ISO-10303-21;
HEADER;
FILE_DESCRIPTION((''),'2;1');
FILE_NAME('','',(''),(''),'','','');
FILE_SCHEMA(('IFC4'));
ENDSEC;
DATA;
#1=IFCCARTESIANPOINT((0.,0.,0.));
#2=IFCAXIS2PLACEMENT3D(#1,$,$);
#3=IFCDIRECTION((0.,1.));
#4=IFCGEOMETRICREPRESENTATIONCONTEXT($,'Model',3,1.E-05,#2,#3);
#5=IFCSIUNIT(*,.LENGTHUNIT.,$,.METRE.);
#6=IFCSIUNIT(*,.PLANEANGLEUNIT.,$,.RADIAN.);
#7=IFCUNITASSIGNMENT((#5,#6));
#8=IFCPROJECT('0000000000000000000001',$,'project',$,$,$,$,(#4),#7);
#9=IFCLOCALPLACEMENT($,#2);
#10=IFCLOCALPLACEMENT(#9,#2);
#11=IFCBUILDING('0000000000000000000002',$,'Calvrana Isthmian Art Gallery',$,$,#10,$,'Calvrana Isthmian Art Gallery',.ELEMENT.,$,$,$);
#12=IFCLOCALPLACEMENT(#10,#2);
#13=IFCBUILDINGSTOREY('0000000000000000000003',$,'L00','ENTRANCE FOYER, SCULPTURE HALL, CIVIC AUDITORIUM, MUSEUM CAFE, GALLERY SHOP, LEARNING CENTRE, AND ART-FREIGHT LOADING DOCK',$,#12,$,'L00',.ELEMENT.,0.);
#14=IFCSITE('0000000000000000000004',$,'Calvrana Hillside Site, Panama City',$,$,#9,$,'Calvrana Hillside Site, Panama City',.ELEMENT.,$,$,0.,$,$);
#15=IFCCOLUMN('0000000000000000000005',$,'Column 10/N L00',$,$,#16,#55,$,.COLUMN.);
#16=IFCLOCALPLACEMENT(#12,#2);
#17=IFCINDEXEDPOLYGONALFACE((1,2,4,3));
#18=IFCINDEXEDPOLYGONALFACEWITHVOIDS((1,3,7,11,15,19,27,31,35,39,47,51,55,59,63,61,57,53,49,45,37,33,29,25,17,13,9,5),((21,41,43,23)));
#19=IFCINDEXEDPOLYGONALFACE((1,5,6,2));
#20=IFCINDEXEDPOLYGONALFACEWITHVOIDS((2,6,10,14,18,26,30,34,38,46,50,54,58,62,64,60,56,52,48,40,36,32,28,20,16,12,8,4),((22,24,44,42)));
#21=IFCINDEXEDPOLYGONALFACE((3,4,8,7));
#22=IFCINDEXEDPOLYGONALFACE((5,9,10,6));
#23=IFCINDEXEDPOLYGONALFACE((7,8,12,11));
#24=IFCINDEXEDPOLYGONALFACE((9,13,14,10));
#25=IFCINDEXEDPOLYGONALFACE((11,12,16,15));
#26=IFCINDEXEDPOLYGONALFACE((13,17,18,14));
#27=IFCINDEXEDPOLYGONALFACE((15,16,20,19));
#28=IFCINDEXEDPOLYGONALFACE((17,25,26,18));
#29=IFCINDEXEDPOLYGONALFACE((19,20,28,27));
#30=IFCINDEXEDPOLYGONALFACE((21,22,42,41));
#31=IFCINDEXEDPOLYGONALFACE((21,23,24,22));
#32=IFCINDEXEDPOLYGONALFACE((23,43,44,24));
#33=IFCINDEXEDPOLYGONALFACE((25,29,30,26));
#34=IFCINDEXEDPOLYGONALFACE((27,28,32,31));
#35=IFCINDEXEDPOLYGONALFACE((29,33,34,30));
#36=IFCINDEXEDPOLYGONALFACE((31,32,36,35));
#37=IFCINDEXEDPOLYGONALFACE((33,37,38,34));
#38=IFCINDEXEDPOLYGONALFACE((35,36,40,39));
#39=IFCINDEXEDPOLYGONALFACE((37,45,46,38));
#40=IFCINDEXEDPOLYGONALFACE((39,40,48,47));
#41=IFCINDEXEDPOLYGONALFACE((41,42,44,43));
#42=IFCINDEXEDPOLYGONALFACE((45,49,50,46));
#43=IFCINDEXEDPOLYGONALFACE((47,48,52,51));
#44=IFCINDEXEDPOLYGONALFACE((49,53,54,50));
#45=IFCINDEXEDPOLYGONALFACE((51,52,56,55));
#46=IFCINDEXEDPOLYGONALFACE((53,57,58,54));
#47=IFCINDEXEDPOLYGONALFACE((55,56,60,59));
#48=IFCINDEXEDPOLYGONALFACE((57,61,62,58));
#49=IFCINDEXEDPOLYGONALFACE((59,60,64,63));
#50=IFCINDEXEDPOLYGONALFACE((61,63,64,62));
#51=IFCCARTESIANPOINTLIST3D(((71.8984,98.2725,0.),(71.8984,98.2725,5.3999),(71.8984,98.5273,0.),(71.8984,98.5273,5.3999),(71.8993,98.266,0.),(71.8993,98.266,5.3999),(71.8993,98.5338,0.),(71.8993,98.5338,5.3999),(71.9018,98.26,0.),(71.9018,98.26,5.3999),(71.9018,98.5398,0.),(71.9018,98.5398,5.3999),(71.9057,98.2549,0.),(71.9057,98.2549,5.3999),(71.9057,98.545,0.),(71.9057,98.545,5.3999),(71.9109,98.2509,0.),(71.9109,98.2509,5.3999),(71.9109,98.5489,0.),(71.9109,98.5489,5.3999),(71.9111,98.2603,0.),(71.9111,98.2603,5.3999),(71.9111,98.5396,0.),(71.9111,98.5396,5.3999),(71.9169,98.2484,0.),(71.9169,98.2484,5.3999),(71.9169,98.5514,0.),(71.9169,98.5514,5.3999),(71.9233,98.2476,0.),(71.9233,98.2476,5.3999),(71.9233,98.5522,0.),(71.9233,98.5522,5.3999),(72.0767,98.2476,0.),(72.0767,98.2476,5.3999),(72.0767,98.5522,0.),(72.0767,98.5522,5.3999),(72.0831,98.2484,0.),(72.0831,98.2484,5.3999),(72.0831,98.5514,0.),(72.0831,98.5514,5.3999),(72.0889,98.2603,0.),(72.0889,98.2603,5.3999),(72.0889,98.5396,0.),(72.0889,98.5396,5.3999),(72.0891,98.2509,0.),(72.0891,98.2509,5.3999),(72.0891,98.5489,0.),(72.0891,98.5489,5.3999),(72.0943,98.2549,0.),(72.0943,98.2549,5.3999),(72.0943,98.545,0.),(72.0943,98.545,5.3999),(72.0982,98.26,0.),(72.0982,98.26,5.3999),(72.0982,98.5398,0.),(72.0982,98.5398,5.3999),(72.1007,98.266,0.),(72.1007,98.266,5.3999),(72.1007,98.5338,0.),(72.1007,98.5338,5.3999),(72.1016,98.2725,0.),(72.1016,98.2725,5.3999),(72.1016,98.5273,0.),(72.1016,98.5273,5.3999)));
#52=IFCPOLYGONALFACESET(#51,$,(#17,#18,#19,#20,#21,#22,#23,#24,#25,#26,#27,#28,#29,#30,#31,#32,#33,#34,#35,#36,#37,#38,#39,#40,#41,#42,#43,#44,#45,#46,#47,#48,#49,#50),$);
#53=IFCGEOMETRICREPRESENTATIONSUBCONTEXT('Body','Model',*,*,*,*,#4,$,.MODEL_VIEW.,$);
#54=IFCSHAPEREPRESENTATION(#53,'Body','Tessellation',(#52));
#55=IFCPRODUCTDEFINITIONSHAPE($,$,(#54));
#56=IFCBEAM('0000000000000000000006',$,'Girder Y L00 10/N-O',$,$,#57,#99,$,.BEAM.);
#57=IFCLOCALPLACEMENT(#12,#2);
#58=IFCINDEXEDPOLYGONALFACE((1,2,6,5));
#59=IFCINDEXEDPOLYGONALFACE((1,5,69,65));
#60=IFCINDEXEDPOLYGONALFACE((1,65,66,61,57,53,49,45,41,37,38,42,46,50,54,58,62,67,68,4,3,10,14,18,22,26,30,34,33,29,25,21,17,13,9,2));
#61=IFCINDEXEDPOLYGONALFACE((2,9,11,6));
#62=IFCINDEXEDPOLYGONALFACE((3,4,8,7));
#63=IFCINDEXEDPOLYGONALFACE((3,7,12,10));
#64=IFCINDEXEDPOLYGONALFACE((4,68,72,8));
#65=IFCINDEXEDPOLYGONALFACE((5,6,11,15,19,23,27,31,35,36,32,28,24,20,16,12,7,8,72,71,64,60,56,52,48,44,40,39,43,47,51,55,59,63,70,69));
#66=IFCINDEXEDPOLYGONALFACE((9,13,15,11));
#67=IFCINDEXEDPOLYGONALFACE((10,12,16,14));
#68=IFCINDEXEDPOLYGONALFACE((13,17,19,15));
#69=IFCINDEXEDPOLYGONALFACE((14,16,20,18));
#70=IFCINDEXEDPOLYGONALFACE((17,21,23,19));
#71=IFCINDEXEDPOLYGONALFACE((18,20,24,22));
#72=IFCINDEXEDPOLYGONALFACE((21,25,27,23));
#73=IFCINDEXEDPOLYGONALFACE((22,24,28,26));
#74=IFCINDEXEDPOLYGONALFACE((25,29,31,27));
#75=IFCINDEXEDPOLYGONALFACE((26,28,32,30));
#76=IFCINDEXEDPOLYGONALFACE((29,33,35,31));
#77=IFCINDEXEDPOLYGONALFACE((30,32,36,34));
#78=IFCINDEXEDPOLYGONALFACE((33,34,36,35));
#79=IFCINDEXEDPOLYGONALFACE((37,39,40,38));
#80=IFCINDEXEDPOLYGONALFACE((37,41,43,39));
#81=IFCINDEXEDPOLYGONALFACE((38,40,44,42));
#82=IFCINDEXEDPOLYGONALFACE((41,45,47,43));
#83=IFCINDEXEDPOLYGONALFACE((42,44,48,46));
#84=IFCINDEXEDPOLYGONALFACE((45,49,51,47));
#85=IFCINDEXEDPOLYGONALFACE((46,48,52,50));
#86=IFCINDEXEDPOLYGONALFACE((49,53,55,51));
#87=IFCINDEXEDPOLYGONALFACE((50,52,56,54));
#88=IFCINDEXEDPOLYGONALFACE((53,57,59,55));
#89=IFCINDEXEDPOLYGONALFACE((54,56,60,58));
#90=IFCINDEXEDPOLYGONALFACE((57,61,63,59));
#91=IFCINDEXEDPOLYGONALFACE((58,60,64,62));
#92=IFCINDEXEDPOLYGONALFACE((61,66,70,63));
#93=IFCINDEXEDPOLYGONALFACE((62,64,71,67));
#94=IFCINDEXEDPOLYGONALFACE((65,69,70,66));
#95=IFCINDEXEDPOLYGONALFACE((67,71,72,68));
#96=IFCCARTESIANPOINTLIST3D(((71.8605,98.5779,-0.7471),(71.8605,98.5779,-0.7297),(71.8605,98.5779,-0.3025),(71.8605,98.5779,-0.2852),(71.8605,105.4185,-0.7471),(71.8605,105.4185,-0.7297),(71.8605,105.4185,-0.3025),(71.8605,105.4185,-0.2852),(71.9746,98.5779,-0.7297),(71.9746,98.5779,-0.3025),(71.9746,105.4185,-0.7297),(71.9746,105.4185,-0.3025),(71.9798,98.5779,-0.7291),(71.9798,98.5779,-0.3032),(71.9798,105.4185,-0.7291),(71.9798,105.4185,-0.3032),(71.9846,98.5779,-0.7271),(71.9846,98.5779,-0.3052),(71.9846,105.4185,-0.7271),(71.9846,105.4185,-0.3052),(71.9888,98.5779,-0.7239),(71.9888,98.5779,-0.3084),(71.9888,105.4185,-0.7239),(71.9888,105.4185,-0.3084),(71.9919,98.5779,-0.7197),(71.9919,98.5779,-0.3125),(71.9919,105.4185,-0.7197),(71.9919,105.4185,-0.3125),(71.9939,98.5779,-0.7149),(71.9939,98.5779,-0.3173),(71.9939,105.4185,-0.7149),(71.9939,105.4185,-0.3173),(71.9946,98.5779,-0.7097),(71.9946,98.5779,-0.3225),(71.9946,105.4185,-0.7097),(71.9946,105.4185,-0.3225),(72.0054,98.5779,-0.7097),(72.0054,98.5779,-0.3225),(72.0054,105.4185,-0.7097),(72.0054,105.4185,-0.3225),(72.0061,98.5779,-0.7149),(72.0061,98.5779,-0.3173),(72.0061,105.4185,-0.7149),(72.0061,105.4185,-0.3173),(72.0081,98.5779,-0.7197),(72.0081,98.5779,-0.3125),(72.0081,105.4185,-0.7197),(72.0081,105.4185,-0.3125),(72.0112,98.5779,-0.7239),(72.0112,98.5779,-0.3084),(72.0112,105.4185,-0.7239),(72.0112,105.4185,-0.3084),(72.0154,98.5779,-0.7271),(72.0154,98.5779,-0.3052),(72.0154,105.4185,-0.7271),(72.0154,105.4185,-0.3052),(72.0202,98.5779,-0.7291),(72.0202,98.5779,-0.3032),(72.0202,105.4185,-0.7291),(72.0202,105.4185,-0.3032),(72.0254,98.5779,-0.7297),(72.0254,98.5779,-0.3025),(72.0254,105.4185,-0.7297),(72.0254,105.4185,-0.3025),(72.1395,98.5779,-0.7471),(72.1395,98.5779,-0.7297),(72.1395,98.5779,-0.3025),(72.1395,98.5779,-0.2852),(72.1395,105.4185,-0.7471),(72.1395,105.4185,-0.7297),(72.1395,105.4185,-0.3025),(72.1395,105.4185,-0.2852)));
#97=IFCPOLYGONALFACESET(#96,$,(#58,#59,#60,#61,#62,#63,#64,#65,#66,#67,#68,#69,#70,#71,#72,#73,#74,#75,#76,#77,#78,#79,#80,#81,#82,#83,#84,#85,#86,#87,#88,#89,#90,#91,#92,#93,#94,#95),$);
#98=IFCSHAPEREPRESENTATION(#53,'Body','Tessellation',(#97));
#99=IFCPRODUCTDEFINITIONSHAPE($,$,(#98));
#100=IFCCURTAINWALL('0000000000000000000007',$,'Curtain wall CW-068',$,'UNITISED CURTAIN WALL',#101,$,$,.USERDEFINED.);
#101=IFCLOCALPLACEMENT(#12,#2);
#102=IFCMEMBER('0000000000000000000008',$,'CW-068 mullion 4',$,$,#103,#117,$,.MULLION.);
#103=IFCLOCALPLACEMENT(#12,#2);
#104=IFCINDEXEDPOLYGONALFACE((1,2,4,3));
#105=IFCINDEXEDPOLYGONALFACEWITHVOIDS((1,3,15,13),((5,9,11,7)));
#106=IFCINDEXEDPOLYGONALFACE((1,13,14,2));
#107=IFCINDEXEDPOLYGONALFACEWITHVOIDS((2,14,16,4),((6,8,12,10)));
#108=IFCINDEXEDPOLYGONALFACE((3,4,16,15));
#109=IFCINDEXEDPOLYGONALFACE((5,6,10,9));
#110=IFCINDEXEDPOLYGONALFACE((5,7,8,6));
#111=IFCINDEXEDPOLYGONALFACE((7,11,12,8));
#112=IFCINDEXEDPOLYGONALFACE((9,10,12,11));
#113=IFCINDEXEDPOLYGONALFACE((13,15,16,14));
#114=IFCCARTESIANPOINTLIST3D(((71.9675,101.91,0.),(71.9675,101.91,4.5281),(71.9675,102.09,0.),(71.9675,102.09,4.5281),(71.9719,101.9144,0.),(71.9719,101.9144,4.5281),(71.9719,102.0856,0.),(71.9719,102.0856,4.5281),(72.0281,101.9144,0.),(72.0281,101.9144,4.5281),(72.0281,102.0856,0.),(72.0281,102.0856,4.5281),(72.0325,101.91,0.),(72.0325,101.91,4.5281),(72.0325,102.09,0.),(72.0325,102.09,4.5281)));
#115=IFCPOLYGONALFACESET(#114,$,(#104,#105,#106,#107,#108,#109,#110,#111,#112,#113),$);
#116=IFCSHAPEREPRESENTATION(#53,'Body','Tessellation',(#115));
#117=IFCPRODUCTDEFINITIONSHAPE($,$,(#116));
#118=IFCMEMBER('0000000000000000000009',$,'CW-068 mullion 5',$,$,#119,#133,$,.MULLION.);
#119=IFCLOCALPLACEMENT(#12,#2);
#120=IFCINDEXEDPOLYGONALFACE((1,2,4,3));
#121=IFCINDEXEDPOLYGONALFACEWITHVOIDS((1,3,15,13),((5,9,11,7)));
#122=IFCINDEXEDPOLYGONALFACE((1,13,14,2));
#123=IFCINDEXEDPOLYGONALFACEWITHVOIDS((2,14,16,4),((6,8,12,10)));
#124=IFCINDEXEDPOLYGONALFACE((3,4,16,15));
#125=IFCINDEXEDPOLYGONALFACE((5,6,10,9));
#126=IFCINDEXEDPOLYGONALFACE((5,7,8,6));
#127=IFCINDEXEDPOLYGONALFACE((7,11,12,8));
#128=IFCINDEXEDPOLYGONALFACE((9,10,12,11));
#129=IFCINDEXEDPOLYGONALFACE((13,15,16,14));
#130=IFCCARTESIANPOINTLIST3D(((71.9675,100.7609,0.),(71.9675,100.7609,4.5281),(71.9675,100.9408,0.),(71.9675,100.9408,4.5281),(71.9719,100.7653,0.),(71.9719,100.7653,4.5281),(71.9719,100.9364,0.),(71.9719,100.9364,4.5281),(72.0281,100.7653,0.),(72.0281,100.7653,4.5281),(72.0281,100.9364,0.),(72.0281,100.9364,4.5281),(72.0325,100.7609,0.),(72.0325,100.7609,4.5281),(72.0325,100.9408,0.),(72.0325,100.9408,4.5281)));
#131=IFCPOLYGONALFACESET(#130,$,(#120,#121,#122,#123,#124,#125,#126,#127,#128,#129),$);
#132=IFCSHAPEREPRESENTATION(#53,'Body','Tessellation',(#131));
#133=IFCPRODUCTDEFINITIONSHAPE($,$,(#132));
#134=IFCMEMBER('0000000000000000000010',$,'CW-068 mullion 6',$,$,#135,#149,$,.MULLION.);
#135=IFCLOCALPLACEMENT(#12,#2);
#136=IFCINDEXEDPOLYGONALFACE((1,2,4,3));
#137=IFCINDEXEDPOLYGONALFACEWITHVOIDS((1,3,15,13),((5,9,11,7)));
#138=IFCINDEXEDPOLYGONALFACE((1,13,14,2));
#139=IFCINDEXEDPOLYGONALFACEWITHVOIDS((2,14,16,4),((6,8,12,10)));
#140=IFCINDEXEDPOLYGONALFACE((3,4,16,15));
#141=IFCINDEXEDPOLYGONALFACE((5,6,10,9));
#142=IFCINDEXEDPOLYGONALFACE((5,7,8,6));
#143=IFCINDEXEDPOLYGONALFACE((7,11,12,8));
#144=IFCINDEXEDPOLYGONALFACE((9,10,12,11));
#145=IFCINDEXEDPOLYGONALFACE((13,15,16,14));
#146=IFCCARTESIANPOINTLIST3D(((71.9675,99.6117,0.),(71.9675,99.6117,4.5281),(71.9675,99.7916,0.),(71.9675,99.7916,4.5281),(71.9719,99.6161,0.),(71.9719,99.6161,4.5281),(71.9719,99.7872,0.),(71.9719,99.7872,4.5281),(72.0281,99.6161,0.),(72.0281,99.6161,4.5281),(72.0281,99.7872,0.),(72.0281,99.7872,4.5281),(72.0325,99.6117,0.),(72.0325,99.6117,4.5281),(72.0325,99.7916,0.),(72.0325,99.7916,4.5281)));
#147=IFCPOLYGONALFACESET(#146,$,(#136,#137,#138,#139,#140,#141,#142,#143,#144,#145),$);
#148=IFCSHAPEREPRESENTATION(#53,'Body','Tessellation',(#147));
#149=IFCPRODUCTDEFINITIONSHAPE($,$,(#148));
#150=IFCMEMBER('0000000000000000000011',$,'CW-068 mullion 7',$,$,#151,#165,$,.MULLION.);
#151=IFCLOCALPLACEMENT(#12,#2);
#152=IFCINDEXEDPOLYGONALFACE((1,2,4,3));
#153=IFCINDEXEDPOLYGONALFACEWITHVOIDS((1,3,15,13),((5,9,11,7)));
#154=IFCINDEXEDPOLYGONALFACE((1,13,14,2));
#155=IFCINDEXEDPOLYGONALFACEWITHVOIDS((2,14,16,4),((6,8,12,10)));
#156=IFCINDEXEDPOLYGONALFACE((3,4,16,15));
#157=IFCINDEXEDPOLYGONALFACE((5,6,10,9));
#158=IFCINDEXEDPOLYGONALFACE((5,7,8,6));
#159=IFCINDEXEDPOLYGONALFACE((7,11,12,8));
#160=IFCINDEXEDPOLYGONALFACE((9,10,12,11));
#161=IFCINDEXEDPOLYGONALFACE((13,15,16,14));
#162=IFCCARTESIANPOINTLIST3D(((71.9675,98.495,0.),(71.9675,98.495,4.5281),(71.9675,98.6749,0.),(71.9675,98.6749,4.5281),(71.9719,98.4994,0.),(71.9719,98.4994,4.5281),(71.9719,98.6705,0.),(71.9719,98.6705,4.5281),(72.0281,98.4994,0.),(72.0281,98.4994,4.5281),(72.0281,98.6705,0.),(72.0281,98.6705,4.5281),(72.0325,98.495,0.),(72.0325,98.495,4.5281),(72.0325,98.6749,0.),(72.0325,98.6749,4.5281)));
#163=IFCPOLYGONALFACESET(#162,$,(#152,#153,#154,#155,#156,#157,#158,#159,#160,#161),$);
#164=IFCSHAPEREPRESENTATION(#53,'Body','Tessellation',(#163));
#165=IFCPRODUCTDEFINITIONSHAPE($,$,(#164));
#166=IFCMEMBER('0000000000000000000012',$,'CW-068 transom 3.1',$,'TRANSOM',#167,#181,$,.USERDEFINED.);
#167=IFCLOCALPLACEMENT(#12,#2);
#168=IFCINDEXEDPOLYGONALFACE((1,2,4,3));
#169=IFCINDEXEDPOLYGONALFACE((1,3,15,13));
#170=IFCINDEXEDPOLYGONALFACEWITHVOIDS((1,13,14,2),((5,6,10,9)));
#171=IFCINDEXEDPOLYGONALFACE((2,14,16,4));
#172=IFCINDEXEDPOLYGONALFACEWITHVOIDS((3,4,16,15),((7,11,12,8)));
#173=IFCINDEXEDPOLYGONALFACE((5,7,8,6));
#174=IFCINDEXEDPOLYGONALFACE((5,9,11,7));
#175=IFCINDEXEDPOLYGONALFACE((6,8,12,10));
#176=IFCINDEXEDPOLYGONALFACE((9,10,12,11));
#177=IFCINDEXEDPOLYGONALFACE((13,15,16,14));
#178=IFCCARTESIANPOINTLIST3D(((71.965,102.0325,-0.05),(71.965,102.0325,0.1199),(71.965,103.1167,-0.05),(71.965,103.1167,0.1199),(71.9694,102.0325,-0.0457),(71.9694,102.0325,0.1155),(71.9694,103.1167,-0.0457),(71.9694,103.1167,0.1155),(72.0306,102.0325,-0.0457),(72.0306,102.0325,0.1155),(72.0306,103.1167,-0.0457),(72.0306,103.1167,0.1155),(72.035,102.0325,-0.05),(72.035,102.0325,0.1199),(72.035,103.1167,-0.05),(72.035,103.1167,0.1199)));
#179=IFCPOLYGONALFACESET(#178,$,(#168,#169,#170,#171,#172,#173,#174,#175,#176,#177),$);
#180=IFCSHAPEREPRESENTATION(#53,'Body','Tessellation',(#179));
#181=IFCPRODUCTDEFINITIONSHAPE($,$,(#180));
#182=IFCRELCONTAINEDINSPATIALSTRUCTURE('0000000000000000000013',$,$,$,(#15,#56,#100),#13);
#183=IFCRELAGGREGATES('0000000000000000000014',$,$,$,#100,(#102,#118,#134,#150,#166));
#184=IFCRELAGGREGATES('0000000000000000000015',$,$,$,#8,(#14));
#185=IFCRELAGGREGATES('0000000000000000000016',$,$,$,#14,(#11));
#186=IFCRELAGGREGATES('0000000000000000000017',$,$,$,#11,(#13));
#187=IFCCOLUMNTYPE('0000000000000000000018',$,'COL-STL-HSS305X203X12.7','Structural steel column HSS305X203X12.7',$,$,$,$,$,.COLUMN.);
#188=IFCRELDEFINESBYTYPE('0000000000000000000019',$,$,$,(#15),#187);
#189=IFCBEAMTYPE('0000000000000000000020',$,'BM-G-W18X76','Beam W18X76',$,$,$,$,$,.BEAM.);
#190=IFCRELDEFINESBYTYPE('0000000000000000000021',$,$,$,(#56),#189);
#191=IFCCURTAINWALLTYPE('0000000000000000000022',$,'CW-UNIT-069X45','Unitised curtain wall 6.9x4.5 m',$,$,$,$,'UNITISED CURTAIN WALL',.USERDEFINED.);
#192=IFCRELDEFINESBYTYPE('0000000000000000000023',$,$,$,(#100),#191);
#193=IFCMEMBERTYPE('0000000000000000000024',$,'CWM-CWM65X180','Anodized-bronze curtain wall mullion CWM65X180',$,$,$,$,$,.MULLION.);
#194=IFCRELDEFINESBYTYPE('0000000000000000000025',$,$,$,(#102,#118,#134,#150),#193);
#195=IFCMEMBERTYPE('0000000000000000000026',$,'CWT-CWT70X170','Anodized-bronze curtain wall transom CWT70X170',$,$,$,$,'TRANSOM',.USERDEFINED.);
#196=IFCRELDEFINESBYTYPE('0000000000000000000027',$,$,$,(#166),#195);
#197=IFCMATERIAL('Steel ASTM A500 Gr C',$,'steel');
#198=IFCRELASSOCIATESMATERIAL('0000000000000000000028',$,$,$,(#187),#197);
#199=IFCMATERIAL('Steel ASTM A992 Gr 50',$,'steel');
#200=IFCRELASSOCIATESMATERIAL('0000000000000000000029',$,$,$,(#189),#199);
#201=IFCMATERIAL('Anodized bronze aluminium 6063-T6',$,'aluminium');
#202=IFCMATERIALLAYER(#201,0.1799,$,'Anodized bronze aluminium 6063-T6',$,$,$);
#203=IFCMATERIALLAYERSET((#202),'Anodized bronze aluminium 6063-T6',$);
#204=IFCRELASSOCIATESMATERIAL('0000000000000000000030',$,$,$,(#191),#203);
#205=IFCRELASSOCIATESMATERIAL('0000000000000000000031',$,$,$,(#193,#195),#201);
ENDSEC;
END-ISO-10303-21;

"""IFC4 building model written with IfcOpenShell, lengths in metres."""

from ifc_helpers import new_model, si_unit, direction, frame, origin, origin_2d, place, context, subcontext, project, spatial, hollow_rectangle, i_section, extrude, material, layer, layer_set, material_profile, profile_set, type_object, element, aggregate, save


model = new_model("IFC4")

# Units and contexts
model_context = context("Model", 3, precision=1e-05, world=origin(), true_north=direction((0.0, 1.0)))
body_context = subcontext(model_context, "Body", "Model", "MODEL_VIEW")
ifc_project = project(units=[si_unit("LENGTHUNIT", "METRE"), si_unit("PLANEANGLEUNIT", "RADIAN")], contexts=[model_context])

# Site, building, storey
site_placement = place(None, origin())
site = spatial("IfcSite", under=ifc_project, at=site_placement, Name="Calvrana Hillside Site, Panama City", LongName="Calvrana Hillside Site, Panama City", CompositionType="ELEMENT", RefElevation=0.0)
building_placement = place(site_placement, origin())
building = spatial("IfcBuilding", under=site, at=building_placement, Name="Calvrana Isthmian Art Gallery", LongName="Calvrana Isthmian Art Gallery", CompositionType="ELEMENT")
storey_placement = place(building_placement, origin())
storey = spatial("IfcBuildingStorey", under=building, at=storey_placement, Name="L00", Description="ENTRANCE FOYER, SCULPTURE HALL, CIVIC AUDITORIUM, MUSEUM CAFE, GALLERY SHOP, LEARNING CENTRE, AND ART-FREIGHT LOADING DOCK", LongName="L00", CompositionType="ELEMENT", Elevation=0.0)

# Column
ifc_material_1 = material(Name="Steel ASTM A500 Gr C", Category="steel")
ifc_material_profile_1 = material_profile(ifc_material_1, hollow_rectangle(XDim=0.2031, YDim=0.3047, WallThickness=0.0127, OuterFilletRadius=0.0249, at=origin_2d()), Name="HSS305X203X12.7")
ifc_profile_set_1 = profile_set([ifc_material_profile_1], Name="Steel ASTM A500 Gr C")
column_type = type_object("IfcColumnType", Name="COL-STL-HSS305X203X12.7", Description="Structural steel column HSS305X203X12.7", PredefinedType="COLUMN", material=ifc_profile_set_1)
column_placement = place(storey_placement, frame((72.0, 98.3999, 0.0), z_axis=(0.0, 0.0, 1.0), x_axis=(1.0, 0.0, 0.0)))
element("IfcColumn", 1, at=column_placement, inside=storey, type_object=column_type, Name="Column 10/N L00", PredefinedType="COLUMN", context=body_context, shape_type="SweptSolid", body=[
    extrude(hollow_rectangle(XDim=0.2031, YDim=0.3047, WallThickness=0.0127, OuterFilletRadius=0.0249, at=origin_2d()), origin(), (0.0, 0.0, 1.0), 5.3999),
])

# Beam
ifc_material_2 = material(Name="Steel ASTM A992 Gr 50", Category="steel")
ifc_material_profile_2 = material_profile(ifc_material_2, i_section(OverallWidth=0.2791, OverallDepth=0.4619, WebThickness=0.0107, FlangeThickness=0.0173, FilletRadius=0.02, at=origin_2d()), Name="W18X76")
ifc_profile_set_2 = profile_set([ifc_material_profile_2], Name="Steel ASTM A992 Gr 50")
beam_type = type_object("IfcBeamType", Name="BM-G-W18X76", Description="Beam W18X76", PredefinedType="BEAM", material=ifc_profile_set_2)
beam_placement = place(storey_placement, frame((72.0, 98.5779, -0.5161), z_axis=(0.0, 1.0, 0.0), x_axis=(-1.0, 0.0, 0.0)))
element("IfcBeam", 2, at=beam_placement, inside=storey, type_object=beam_type, Name="Girder Y L00 10/N-O", PredefinedType="BEAM", context=body_context, shape_type="SweptSolid", body=[
    extrude(i_section(OverallWidth=0.2791, OverallDepth=0.4619, WebThickness=0.0107, FlangeThickness=0.0173, FilletRadius=0.02, at=origin_2d()), origin(), (0.0, 0.0, 1.0), 6.8406),
])

# Curtain wall, members
ifc_material_3 = material(Name="Anodized bronze aluminium 6063-T6", Category="aluminium")
ifc_layer_1 = layer(ifc_material_3, 0.1799, Name="Anodized bronze aluminium 6063-T6")
ifc_layer_set_1 = layer_set([ifc_layer_1], Name="Anodized bronze aluminium 6063-T6")
curtain_wall_type = type_object("IfcCurtainWallType", Name="CW-UNIT-069X45", Description="Unitised curtain wall 6.9x4.5 m", ElementType="UNITISED CURTAIN WALL", PredefinedType="USERDEFINED", material=ifc_layer_set_1)
curtain_wall_placement = place(storey_placement, origin())
curtain_wall = element("IfcCurtainWall", 3, at=curtain_wall_placement, inside=storey, type_object=curtain_wall_type, Name="Curtain wall CW-068", ObjectType="UNITISED CURTAIN WALL", PredefinedType="USERDEFINED")
ifc_material_profile_3 = material_profile(ifc_material_3, hollow_rectangle(XDim=0.0649, YDim=0.1799, WallThickness=0.0044, at=origin_2d()), Name="CWM65X180")
ifc_profile_set_3 = profile_set([ifc_material_profile_3], Name="Anodized bronze aluminium 6063-T6")
member_type_1 = type_object("IfcMemberType", Name="CWM-CWM65X180", Description="Anodized-bronze curtain wall mullion CWM65X180", PredefinedType="MULLION", material=ifc_profile_set_3)
member_1_placement = place(storey_placement, frame((72.0, 102.0, 0.0), z_axis=(0.0, 0.0, 1.0), x_axis=(1.0, 0.0, 0.0)))
member_1 = element("IfcMember", 4, at=member_1_placement, type_object=member_type_1, Name="CW-068 mullion 4", PredefinedType="MULLION", context=body_context, shape_type="SweptSolid", body=[
    extrude(hollow_rectangle(XDim=0.0649, YDim=0.1799, WallThickness=0.0044, at=origin_2d()), origin(), (0.0, 0.0, 1.0), 4.5281),
])
member_2_placement = place(storey_placement, frame((72.0, 100.8508, 0.0), z_axis=(0.0, 0.0, 1.0), x_axis=(1.0, 0.0, 0.0)))
member_2 = element("IfcMember", 5, at=member_2_placement, type_object=member_type_1, Name="CW-068 mullion 5", PredefinedType="MULLION", context=body_context, shape_type="SweptSolid", body=[
    extrude(hollow_rectangle(XDim=0.0649, YDim=0.1799, WallThickness=0.0044, at=origin_2d()), origin(), (0.0, 0.0, 1.0), 4.5281),
])
member_3_placement = place(storey_placement, frame((72.0, 99.7017, 0.0), z_axis=(0.0, 0.0, 1.0), x_axis=(1.0, 0.0, 0.0)))
member_3 = element("IfcMember", 6, at=member_3_placement, type_object=member_type_1, Name="CW-068 mullion 6", PredefinedType="MULLION", context=body_context, shape_type="SweptSolid", body=[
    extrude(hollow_rectangle(XDim=0.0649, YDim=0.1799, WallThickness=0.0044, at=origin_2d()), origin(), (0.0, 0.0, 1.0), 4.5281),
])
member_4_placement = place(storey_placement, frame((72.0, 98.585, 0.0), z_axis=(0.0, 0.0, 1.0), x_axis=(1.0, 0.0, 0.0)))
member_4 = element("IfcMember", 7, at=member_4_placement, type_object=member_type_1, Name="CW-068 mullion 7", PredefinedType="MULLION", context=body_context, shape_type="SweptSolid", body=[
    extrude(hollow_rectangle(XDim=0.0649, YDim=0.1799, WallThickness=0.0044, at=origin_2d()), origin(), (0.0, 0.0, 1.0), 4.5281),
])
ifc_material_profile_4 = material_profile(ifc_material_3, hollow_rectangle(XDim=0.0701, YDim=0.1699, WallThickness=0.0044, at=origin_2d()), Name="CWT70X170")
ifc_profile_set_4 = profile_set([ifc_material_profile_4], Name="Anodized bronze aluminium 6063-T6")
member_type_2 = type_object("IfcMemberType", Name="CWT-CWT70X170", Description="Anodized-bronze curtain wall transom CWT70X170", ElementType="TRANSOM", PredefinedType="USERDEFINED", material=ifc_profile_set_4)
member_5_placement = place(storey_placement, frame((72.0, 103.1167, 0.0349), z_axis=(0.0, -1.0, 0.0), x_axis=(1.0, 0.0, 0.0)))
member_5 = element("IfcMember", 8, at=member_5_placement, type_object=member_type_2, Name="CW-068 transom 3.1", ObjectType="TRANSOM", PredefinedType="USERDEFINED", context=body_context, shape_type="SweptSolid", body=[
    extrude(hollow_rectangle(XDim=0.0701, YDim=0.1699, WallThickness=0.0044, at=origin_2d()), origin(), (0.0, 0.0, 1.0), 1.0842),
])
aggregate(curtain_wall, [member_1, member_2, member_3, member_4, member_5])

save(model, "model.ifc")
